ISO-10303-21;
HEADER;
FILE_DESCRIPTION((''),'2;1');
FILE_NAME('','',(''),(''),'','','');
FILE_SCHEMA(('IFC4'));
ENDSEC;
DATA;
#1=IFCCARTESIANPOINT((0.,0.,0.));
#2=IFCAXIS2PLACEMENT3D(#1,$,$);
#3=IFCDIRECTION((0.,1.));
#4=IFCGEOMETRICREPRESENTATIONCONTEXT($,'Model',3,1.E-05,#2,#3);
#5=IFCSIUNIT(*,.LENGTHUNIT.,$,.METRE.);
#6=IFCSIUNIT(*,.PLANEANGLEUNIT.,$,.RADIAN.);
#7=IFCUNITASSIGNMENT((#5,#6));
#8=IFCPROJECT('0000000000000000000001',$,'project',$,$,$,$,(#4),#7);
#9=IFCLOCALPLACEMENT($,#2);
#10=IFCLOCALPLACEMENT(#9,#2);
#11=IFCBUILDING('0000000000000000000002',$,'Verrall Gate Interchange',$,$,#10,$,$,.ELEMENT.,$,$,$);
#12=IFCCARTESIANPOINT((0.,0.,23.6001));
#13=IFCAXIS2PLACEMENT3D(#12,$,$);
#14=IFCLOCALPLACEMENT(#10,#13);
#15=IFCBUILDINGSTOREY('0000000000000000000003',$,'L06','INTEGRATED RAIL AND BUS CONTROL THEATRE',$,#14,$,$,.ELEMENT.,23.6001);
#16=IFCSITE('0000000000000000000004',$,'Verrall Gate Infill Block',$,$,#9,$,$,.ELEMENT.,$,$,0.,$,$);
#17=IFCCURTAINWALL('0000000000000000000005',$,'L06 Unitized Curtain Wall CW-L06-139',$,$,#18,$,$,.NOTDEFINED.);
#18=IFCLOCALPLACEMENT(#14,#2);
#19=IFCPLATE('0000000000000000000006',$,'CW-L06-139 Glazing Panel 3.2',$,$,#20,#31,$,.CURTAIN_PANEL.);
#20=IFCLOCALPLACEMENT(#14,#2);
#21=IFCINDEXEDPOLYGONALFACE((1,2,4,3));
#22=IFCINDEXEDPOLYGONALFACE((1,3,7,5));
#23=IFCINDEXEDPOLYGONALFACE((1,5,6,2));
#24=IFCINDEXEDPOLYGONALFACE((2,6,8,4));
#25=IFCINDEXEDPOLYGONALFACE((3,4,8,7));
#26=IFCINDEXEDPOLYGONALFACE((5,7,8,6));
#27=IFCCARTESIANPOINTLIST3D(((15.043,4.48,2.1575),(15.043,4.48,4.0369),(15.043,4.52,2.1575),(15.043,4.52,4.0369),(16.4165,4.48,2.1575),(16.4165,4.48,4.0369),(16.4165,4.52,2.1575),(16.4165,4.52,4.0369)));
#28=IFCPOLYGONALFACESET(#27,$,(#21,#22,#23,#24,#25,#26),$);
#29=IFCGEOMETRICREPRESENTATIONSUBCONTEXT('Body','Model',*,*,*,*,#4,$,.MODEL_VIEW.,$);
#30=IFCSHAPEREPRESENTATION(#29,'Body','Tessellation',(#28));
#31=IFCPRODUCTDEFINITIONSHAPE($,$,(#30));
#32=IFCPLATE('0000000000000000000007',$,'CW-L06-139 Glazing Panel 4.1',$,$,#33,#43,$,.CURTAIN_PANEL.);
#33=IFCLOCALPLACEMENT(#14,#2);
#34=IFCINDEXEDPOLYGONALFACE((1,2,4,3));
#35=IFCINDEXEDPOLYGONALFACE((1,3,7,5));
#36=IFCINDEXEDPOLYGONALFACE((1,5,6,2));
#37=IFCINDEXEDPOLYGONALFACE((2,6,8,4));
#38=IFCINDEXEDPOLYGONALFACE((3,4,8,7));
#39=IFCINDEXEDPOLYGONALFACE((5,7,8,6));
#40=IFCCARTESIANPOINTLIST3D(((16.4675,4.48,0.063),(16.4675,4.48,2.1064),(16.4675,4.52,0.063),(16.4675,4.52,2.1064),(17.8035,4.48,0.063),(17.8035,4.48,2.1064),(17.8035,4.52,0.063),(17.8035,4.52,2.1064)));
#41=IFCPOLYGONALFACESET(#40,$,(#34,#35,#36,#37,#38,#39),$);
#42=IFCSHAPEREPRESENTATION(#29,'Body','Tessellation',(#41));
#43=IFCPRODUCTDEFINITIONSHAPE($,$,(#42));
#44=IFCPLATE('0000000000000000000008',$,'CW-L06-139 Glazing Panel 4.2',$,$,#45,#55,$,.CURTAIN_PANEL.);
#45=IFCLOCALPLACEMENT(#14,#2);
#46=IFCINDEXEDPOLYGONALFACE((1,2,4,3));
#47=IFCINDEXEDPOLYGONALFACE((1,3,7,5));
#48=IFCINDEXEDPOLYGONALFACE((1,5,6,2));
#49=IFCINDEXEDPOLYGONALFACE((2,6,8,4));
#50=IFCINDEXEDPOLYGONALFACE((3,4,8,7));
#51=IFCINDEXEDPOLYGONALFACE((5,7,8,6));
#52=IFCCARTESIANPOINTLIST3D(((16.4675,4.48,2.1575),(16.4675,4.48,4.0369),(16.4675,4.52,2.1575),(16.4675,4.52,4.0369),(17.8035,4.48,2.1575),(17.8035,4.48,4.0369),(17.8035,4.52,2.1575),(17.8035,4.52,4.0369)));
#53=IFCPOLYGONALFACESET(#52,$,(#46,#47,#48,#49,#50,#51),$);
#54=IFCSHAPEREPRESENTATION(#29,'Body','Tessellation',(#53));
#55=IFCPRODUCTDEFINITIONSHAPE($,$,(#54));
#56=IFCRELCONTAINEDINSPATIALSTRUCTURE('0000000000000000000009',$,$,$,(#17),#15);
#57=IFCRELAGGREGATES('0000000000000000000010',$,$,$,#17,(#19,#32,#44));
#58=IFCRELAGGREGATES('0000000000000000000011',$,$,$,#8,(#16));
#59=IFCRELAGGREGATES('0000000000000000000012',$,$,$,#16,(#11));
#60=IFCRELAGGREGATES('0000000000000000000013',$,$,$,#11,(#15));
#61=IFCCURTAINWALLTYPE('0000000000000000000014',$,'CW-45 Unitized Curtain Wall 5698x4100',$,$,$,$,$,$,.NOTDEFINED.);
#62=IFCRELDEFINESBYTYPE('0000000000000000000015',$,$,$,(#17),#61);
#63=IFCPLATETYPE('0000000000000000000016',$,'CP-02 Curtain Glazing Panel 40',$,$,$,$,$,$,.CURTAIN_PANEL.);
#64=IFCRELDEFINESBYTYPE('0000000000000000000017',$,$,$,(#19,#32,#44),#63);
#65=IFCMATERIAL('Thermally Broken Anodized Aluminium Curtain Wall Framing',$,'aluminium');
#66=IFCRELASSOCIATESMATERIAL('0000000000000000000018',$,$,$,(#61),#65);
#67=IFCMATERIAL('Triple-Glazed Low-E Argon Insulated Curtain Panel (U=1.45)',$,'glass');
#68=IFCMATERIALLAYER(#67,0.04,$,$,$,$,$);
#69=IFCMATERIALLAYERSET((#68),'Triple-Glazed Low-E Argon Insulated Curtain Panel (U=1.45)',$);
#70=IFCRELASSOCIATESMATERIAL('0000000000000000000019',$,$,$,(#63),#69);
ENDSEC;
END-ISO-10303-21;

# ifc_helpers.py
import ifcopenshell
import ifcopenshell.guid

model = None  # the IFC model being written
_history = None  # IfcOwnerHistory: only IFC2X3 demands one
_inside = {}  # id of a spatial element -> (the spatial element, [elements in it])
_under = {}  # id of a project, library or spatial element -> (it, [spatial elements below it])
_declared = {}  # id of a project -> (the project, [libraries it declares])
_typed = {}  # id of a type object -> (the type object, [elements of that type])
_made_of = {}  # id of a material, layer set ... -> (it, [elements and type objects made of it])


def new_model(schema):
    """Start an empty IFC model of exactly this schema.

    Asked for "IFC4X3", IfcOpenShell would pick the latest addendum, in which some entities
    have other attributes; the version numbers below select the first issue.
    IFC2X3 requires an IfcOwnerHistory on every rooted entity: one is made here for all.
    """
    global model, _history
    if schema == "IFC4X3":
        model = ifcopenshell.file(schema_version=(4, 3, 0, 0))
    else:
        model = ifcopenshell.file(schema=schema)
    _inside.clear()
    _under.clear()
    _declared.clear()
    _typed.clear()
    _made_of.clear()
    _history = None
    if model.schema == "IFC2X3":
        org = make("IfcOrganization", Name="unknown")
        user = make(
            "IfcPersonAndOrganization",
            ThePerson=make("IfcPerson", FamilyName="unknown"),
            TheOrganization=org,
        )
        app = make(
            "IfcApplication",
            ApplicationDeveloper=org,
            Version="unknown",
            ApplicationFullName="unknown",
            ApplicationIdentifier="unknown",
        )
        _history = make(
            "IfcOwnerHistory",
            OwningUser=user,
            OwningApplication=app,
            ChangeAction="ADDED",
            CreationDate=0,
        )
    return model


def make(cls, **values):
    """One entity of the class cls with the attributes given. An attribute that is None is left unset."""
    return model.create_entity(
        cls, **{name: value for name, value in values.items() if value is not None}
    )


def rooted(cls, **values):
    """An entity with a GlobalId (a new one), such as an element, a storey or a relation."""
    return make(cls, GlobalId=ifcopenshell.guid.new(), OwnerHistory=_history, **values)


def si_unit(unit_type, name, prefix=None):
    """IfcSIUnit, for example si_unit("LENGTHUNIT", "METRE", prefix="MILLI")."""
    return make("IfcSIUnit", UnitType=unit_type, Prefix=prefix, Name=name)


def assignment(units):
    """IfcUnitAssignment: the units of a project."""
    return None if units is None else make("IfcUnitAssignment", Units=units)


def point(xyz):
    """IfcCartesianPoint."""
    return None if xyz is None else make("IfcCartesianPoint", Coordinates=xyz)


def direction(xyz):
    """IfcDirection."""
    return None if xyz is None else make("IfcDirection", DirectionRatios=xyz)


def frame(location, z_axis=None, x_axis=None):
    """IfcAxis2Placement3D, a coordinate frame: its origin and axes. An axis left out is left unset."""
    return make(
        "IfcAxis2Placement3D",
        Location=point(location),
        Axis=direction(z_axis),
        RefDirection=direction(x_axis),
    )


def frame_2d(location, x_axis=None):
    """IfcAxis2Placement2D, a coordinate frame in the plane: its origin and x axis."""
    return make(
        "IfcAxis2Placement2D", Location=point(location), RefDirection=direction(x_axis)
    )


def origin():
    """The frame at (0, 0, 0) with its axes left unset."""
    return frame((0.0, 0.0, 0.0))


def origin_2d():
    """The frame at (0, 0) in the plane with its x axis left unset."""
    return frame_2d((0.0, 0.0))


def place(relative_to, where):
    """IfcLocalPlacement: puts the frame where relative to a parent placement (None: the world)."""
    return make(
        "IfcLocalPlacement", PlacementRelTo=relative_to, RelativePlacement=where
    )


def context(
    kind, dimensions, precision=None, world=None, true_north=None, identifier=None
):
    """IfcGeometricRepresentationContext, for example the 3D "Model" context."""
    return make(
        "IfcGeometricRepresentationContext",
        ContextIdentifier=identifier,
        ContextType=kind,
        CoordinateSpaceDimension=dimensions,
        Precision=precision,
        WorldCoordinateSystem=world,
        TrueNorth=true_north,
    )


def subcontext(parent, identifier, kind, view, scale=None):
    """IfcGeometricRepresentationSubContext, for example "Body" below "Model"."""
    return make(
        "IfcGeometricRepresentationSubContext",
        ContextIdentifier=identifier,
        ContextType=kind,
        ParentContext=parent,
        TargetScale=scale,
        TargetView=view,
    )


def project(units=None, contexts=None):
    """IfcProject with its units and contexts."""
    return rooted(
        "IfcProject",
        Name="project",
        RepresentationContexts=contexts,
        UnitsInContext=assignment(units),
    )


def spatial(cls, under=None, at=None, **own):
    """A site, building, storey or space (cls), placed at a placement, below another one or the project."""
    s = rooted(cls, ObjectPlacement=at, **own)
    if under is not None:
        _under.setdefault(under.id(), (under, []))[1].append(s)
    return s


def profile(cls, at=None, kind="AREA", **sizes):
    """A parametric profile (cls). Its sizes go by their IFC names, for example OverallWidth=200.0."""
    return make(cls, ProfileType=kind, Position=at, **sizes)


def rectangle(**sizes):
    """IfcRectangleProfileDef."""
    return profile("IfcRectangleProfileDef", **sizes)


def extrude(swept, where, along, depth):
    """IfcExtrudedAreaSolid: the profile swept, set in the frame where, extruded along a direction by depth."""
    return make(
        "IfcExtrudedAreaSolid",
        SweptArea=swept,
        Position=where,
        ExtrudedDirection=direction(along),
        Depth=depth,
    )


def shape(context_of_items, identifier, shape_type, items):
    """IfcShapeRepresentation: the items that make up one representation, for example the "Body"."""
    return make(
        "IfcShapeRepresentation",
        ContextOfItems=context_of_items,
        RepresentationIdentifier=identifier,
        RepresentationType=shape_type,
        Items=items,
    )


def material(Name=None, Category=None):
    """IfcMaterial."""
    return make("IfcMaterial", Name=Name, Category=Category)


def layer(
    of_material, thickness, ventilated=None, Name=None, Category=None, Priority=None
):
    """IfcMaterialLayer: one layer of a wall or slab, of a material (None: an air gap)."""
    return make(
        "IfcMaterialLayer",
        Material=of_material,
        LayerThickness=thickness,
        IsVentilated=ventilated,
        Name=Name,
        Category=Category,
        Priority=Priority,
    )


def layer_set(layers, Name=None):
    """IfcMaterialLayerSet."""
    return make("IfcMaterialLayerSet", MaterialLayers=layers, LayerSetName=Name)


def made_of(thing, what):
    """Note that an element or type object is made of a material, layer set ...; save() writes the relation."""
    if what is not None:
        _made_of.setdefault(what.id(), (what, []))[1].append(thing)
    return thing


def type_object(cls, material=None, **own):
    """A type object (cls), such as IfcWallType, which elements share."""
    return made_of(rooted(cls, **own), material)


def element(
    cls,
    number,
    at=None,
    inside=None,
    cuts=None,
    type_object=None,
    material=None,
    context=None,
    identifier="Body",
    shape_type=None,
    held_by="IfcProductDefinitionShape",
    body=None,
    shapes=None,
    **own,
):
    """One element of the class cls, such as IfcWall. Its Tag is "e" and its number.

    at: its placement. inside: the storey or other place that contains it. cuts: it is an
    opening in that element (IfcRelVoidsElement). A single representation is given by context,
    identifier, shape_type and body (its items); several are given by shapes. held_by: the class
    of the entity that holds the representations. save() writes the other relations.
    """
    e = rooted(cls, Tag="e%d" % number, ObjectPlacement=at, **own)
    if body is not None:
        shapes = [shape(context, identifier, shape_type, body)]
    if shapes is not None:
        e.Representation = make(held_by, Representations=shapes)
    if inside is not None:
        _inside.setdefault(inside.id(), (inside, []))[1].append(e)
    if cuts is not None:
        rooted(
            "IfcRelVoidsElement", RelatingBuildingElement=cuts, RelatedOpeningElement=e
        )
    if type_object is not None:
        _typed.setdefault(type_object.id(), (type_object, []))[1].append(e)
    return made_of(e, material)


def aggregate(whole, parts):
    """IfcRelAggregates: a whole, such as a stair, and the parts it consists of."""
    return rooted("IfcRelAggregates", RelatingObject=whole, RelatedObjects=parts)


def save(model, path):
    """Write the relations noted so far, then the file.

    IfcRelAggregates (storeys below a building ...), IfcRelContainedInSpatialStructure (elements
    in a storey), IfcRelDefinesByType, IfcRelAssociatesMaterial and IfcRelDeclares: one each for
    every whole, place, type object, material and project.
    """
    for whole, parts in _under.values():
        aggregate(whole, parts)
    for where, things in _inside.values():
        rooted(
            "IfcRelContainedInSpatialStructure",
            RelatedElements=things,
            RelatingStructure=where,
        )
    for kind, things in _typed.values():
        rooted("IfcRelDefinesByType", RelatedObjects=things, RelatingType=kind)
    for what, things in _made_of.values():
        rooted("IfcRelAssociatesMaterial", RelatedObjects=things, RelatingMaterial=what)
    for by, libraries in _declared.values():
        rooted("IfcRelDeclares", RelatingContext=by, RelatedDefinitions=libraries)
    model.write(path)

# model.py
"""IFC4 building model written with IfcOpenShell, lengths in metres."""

from ifc_helpers import new_model, si_unit, direction, frame, origin, origin_2d, place, context, subcontext, project, spatial, rectangle, extrude, material, layer, layer_set, type_object, element, aggregate, save


model = new_model("IFC4")

# Units and contexts
model_context = context("Model", 3, precision=1e-05, world=origin(), true_north=direction((0.0, 1.0)))
body_context = subcontext(model_context, "Body", "Model", "MODEL_VIEW")
ifc_project = project(units=[si_unit("LENGTHUNIT", "METRE"), si_unit("PLANEANGLEUNIT", "RADIAN")], contexts=[model_context])

# Site, building, storey
site_placement = place(None, origin())
site = spatial("IfcSite", under=ifc_project, at=site_placement, Name="Verrall Gate Infill Block", CompositionType="ELEMENT", RefElevation=0.0)
building_placement = place(site_placement, origin())
building = spatial("IfcBuilding", under=site, at=building_placement, Name="Verrall Gate Interchange", CompositionType="ELEMENT")
storey_placement = place(building_placement, frame((0.0, 0.0, 23.6001)))
storey = spatial("IfcBuildingStorey", under=building, at=storey_placement, Name="L06", Description="INTEGRATED RAIL AND BUS CONTROL THEATRE", CompositionType="ELEMENT", Elevation=23.6001)

# Curtain wall
ifc_material_1 = material(Name="Thermally Broken Anodized Aluminium Curtain Wall Framing", Category="aluminium")
curtain_wall_type = type_object("IfcCurtainWallType", Name="CW-45 Unitized Curtain Wall 5698x4100", PredefinedType="NOTDEFINED", material=ifc_material_1)
curtain_wall_1_placement = place(storey_placement, origin())
curtain_wall_1 = element("IfcCurtainWall", 1, at=curtain_wall_1_placement, inside=storey, type_object=curtain_wall_type, Name="L06 Unitized Curtain Wall CW-L06-139", PredefinedType="NOTDEFINED")

# Plates
ifc_material_2 = material(Name="Triple-Glazed Low-E Argon Insulated Curtain Panel (U=1.45)", Category="glass")
ifc_layer_1 = layer(ifc_material_2, 0.04)
ifc_layer_set_1 = layer_set([ifc_layer_1], Name="Triple-Glazed Low-E Argon Insulated Curtain Panel (U=1.45)")
plate_type_1 = type_object("IfcPlateType", Name="CP-02 Curtain Glazing Panel 40", PredefinedType="CURTAIN_PANEL", material=ifc_layer_set_1)
plate_1_placement = place(storey_placement, frame((15.7297, 4.5, 2.1575), z_axis=(0.0, 0.0, 1.0), x_axis=(1.0, 0.0, 0.0)))
plate_1 = element("IfcPlate", 2, at=plate_1_placement, type_object=plate_type_1, Name="CW-L06-139 Glazing Panel 3.2", PredefinedType="CURTAIN_PANEL", context=body_context, shape_type="SweptSolid", body=[
    extrude(rectangle(XDim=1.3735, YDim=0.04, at=origin_2d()), origin(), (0.0, 0.0, 1.0), 1.8794),
])
plate_2_placement = place(storey_placement, frame((17.1355, 4.5, 0.063), z_axis=(0.0, 0.0, 1.0), x_axis=(1.0, 0.0, 0.0)))
plate_2 = element("IfcPlate", 3, at=plate_2_placement, type_object=plate_type_1, Name="CW-L06-139 Glazing Panel 4.1", PredefinedType="CURTAIN_PANEL", context=body_context, shape_type="SweptSolid", body=[
    extrude(rectangle(XDim=1.3359, YDim=0.04, at=origin_2d()), origin(), (0.0, 0.0, 1.0), 2.0435),
])
plate_3_placement = place(storey_placement, frame((17.1355, 4.5, 2.1575), z_axis=(0.0, 0.0, 1.0), x_axis=(1.0, 0.0, 0.0)))
plate_3 = element("IfcPlate", 4, at=plate_3_placement, type_object=plate_type_1, Name="CW-L06-139 Glazing Panel 4.2", PredefinedType="CURTAIN_PANEL", context=body_context, shape_type="SweptSolid", body=[
    extrude(rectangle(XDim=1.3359, YDim=0.04, at=origin_2d()), origin(), (0.0, 0.0, 1.0), 1.8794),
])
aggregate(curtain_wall_1, [plate_1, plate_2, plate_3])

save(model, "model.ifc")
